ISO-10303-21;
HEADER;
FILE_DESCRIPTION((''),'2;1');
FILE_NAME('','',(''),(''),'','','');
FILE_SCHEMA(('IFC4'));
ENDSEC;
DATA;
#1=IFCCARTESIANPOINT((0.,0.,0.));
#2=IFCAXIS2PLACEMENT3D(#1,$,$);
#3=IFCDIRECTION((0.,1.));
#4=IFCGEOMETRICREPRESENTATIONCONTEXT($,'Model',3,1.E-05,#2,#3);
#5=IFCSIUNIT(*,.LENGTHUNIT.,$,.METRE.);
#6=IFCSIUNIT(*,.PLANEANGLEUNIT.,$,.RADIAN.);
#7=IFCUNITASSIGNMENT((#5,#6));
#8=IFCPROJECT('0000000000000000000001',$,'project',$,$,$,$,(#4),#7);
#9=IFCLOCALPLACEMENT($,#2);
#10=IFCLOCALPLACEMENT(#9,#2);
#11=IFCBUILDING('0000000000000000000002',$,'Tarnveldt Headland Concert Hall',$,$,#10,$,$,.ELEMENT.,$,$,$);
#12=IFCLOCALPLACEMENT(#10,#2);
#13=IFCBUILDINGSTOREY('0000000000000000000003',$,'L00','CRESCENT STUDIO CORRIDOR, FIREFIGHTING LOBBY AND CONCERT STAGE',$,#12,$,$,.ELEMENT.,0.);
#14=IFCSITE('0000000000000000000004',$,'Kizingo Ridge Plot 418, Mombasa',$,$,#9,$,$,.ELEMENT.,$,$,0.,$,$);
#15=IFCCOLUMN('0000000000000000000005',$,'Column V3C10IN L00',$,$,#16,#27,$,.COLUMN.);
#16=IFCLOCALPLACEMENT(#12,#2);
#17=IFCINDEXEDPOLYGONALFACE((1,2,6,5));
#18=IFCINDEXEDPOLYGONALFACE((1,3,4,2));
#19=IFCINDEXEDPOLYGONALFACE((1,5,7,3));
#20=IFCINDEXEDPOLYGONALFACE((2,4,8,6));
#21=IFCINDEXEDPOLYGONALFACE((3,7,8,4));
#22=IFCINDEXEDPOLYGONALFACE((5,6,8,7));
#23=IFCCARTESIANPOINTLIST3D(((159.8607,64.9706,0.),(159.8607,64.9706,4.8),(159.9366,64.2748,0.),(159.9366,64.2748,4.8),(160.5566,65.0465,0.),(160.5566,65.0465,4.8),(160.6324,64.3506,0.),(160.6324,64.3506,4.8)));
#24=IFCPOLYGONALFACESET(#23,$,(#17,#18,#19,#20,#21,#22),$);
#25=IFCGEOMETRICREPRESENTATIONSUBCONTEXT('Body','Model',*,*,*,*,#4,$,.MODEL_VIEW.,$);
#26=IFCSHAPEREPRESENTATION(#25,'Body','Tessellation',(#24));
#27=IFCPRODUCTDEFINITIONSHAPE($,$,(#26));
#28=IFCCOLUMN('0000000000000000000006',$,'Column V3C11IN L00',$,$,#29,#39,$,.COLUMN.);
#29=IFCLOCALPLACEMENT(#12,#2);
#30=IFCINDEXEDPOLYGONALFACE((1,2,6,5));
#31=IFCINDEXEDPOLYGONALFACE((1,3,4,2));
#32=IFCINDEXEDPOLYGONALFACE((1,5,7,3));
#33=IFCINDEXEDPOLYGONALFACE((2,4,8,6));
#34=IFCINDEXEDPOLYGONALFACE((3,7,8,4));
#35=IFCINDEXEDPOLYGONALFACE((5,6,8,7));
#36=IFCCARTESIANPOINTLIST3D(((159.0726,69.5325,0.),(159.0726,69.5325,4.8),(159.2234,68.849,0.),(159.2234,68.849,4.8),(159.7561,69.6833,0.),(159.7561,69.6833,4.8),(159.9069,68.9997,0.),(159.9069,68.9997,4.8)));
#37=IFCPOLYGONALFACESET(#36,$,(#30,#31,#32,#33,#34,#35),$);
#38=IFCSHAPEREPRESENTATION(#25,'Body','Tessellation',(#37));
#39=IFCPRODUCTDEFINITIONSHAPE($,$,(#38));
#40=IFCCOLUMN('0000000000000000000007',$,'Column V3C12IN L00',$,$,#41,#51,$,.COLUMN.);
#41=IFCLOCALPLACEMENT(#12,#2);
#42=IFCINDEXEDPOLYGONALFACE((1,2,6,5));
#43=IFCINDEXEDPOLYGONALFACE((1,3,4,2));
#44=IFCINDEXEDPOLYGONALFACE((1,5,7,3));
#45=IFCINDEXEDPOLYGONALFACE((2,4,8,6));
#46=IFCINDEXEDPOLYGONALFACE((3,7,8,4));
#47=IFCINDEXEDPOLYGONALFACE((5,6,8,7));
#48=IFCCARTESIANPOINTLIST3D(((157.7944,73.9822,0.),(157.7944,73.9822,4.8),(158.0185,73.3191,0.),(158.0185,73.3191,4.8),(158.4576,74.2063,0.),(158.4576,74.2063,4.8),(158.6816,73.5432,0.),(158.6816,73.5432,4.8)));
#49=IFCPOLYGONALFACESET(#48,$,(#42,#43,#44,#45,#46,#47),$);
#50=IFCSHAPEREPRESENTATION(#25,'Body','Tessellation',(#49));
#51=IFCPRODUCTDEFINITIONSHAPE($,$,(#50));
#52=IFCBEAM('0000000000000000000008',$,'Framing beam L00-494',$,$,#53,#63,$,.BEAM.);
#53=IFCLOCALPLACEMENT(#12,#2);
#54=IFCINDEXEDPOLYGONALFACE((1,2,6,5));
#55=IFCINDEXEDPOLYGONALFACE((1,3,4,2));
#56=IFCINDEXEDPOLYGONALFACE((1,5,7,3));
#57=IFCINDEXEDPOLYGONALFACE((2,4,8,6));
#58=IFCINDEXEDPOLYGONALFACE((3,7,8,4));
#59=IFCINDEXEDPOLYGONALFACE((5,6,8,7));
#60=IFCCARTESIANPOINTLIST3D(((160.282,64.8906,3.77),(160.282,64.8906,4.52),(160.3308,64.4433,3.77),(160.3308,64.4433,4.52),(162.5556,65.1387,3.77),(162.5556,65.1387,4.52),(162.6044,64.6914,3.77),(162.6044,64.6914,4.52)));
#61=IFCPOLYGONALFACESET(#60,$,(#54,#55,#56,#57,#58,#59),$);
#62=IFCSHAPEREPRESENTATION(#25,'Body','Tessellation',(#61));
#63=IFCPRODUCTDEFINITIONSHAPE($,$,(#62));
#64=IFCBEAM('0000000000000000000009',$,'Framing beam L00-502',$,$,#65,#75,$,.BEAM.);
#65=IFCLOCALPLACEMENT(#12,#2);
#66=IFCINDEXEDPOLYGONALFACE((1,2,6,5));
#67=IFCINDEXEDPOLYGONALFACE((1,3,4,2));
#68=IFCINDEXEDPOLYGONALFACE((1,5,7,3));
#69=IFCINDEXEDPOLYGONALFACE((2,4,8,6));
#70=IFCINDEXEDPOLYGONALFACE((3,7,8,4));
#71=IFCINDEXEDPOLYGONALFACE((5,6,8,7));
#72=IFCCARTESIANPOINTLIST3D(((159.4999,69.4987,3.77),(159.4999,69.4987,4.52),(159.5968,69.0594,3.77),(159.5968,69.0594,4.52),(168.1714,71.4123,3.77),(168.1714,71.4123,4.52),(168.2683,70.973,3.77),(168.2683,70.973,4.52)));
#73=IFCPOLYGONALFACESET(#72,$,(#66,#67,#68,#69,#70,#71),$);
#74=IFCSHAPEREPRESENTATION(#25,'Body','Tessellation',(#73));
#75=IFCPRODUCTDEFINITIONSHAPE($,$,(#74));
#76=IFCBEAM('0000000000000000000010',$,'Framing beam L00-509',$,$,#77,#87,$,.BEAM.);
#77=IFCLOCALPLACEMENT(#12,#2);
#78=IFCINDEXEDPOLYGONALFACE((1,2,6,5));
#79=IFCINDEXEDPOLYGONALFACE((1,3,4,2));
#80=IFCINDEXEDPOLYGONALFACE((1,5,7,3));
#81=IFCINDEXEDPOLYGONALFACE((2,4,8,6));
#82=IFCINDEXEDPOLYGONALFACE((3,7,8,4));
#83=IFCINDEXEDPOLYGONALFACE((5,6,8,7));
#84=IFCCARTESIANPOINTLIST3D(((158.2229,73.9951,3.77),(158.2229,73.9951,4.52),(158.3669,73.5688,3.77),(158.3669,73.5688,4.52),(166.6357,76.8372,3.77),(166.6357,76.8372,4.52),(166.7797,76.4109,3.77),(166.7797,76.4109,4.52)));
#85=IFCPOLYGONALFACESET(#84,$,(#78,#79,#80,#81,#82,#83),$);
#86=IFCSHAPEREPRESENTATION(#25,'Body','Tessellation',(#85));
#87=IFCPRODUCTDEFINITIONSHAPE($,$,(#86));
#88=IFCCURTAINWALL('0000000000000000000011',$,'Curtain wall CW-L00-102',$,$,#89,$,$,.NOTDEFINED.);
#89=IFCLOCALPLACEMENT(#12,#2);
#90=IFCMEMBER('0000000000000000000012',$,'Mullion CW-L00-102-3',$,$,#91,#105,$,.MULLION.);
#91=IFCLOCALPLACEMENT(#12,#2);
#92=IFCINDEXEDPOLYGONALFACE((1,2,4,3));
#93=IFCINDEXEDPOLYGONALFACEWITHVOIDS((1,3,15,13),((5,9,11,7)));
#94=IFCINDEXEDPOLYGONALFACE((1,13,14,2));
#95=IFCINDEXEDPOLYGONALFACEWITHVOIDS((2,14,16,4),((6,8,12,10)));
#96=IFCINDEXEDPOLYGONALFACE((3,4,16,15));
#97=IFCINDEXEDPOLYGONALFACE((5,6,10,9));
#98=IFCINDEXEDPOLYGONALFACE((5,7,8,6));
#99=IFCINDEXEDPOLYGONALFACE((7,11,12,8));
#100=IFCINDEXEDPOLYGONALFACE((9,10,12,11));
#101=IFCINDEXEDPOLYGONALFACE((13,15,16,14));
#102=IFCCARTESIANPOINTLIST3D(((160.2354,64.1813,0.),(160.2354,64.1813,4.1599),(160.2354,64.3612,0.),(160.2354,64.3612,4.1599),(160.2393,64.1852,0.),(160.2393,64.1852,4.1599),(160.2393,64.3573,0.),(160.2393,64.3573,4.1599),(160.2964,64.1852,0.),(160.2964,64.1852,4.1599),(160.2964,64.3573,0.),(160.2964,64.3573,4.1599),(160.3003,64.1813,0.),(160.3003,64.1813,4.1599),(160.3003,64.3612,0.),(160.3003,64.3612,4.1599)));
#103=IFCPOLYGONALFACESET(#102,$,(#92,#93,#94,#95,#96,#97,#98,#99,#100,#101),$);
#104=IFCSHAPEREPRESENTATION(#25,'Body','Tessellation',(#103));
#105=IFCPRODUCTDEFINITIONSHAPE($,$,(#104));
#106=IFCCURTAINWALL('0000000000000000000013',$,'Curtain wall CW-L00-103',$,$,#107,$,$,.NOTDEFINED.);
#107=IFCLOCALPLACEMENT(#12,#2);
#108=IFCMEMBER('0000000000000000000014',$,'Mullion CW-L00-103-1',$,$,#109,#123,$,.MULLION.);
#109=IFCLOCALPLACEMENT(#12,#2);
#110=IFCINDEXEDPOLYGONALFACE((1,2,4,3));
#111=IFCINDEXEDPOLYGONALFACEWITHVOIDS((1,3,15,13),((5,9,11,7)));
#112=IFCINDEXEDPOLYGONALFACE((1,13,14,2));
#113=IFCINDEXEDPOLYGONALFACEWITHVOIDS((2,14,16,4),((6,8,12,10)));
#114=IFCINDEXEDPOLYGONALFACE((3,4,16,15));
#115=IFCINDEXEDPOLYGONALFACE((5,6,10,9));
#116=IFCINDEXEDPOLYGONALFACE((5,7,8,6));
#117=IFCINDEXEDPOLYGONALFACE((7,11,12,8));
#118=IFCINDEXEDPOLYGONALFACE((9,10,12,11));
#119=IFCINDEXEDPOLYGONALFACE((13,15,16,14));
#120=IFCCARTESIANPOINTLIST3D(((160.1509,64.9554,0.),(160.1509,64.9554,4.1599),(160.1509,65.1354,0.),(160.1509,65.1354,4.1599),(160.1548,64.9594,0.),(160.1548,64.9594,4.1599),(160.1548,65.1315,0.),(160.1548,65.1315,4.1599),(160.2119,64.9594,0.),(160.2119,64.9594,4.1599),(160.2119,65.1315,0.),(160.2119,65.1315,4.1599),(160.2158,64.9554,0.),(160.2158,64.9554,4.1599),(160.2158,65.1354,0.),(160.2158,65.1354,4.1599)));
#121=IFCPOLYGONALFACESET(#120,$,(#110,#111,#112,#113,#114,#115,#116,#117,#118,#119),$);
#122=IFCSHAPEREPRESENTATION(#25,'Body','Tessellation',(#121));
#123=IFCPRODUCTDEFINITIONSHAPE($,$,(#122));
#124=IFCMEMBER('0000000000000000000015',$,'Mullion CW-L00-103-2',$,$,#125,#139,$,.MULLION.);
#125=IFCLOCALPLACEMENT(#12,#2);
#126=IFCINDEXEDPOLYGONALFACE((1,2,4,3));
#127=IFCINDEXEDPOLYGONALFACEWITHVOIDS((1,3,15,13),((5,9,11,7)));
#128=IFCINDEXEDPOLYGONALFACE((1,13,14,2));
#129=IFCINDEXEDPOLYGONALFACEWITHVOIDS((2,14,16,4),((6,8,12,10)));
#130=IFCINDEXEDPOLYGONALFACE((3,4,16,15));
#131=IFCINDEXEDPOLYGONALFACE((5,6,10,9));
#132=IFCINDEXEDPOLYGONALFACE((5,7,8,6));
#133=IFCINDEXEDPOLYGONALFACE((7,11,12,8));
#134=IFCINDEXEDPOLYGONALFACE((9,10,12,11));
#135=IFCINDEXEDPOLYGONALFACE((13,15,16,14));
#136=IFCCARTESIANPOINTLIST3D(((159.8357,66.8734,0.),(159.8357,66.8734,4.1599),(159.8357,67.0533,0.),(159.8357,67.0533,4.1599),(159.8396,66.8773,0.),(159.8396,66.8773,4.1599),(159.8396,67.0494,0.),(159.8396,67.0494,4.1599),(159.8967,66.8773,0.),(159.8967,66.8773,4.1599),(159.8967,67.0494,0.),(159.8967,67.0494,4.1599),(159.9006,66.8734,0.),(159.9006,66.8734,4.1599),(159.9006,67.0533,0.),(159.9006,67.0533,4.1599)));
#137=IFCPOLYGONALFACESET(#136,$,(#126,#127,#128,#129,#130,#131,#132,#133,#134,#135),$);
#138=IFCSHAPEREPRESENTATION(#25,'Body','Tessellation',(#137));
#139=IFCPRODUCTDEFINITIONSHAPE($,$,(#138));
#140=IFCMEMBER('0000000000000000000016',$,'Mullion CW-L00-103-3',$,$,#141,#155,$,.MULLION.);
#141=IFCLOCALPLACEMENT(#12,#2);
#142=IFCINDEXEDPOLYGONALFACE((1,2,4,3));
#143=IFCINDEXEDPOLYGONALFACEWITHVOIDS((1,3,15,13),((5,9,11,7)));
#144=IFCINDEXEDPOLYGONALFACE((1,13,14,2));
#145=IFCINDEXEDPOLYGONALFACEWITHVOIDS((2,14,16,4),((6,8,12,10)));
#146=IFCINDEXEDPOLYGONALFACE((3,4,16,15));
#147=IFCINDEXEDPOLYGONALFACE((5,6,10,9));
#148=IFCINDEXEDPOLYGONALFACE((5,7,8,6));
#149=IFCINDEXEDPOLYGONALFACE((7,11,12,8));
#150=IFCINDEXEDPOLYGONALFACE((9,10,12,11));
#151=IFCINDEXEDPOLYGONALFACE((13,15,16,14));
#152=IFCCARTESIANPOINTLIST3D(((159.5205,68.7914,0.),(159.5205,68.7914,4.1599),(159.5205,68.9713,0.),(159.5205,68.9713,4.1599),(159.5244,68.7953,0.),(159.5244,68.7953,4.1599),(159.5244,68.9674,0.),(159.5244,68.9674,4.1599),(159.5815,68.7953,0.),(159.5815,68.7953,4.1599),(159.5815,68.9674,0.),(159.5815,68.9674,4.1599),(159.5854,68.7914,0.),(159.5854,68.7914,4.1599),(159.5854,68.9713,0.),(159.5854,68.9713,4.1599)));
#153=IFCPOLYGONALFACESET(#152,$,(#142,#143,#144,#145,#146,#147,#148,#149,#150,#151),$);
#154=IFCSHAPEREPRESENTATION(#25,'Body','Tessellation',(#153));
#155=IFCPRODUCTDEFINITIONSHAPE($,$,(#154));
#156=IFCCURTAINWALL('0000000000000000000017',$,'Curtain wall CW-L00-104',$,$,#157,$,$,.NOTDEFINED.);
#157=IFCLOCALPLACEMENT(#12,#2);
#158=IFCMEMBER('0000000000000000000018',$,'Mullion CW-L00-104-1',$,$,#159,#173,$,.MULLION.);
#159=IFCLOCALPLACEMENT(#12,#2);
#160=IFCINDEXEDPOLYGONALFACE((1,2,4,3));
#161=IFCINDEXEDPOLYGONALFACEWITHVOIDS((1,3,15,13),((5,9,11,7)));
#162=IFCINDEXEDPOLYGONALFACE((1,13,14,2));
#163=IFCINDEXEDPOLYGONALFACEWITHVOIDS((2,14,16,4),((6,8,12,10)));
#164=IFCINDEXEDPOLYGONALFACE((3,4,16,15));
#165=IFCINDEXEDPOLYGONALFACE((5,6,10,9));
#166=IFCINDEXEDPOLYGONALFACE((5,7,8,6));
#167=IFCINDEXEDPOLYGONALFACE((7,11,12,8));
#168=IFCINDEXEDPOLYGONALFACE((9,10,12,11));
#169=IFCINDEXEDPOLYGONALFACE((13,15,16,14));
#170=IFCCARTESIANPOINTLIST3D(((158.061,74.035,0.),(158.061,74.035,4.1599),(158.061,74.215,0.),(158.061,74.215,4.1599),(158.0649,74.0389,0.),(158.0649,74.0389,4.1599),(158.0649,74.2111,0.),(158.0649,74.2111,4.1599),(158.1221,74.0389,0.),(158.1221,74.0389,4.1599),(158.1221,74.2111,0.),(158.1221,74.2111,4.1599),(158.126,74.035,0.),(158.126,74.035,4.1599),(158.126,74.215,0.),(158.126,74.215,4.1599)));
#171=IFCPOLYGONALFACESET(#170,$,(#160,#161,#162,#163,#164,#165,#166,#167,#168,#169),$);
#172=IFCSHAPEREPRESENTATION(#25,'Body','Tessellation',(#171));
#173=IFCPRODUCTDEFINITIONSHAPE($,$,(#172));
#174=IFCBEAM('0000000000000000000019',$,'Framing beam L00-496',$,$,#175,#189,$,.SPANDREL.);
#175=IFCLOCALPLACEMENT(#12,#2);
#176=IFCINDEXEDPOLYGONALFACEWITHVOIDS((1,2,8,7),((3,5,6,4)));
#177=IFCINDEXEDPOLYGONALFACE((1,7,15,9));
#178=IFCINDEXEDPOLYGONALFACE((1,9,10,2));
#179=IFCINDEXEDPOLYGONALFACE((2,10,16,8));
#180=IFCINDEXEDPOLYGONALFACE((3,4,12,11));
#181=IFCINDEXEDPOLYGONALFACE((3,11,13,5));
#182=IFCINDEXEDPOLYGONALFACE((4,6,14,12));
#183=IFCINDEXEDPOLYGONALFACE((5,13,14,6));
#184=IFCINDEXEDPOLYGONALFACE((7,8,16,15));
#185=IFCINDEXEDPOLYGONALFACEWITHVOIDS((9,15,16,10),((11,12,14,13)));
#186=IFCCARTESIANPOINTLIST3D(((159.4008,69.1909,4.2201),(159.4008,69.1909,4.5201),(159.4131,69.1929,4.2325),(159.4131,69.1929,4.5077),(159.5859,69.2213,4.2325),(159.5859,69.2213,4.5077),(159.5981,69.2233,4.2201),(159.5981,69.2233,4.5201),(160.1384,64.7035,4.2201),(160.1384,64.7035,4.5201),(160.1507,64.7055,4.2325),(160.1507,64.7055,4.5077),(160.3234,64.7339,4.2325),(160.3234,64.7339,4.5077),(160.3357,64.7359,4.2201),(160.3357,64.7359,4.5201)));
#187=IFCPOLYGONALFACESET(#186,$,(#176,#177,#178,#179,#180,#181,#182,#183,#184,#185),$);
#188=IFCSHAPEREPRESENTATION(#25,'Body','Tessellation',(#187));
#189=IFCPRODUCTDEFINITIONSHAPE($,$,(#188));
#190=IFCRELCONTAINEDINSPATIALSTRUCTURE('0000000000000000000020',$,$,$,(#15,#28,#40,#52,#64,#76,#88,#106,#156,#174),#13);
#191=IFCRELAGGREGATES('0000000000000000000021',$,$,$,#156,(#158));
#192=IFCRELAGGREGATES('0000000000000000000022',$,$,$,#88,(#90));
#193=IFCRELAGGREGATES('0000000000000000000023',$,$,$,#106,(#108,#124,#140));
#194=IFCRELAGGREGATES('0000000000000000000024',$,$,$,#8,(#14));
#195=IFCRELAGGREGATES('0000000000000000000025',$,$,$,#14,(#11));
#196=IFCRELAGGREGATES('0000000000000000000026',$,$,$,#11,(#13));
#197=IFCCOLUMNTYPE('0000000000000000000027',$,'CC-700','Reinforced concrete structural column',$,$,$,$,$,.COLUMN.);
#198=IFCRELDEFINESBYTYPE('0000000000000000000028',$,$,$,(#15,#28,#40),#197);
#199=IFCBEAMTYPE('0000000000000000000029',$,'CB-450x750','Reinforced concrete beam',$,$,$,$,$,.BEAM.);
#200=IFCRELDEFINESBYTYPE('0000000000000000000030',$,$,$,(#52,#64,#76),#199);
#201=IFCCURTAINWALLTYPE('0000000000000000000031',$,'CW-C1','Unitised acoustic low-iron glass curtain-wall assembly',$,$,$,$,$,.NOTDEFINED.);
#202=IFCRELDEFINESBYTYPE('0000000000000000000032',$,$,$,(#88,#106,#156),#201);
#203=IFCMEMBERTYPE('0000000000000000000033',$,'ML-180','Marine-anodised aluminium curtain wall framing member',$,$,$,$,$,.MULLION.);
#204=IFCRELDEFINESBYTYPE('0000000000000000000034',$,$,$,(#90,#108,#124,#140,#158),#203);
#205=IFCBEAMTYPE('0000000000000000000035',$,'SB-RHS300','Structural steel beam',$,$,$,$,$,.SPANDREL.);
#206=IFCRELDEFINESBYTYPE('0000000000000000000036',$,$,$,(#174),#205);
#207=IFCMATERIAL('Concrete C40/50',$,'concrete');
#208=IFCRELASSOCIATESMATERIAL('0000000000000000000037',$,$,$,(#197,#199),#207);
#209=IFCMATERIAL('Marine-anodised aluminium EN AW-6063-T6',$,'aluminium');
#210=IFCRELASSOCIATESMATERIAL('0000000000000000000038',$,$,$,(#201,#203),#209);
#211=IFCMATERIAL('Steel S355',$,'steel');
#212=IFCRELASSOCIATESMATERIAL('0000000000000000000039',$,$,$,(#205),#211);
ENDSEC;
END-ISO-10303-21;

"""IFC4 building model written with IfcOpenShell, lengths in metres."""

from ifc_helpers import new_model, si_unit, direction, frame, origin, origin_2d, place, context, subcontext, project, spatial, rectangle, hollow_rectangle, extrude, material, material_profile, profile_set, type_object, element, aggregate, save


model = new_model("IFC4")

# Units and contexts
model_context = context("Model", 3, precision=1e-05, world=origin(), true_north=direction((0.0, 1.0)))
body_context = subcontext(model_context, "Body", "Model", "MODEL_VIEW")
ifc_project = project(units=[si_unit("LENGTHUNIT", "METRE"), si_unit("PLANEANGLEUNIT", "RADIAN")], contexts=[model_context])

# Site, building, storey
site_placement = place(None, origin())
site = spatial("IfcSite", under=ifc_project, at=site_placement, Name="Kizingo Ridge Plot 418, Mombasa", CompositionType="ELEMENT", RefElevation=0.0)
building_placement = place(site_placement, origin())
building = spatial("IfcBuilding", under=site, at=building_placement, Name="Tarnveldt Headland Concert Hall", CompositionType="ELEMENT")
storey_placement = place(building_placement, origin())
storey = spatial("IfcBuildingStorey", under=building, at=storey_placement, Name="L00", Description="CRESCENT STUDIO CORRIDOR, FIREFIGHTING LOBBY AND CONCERT STAGE", CompositionType="ELEMENT", Elevation=0.0)

# Columns
ifc_material_1 = material(Name="Concrete C40/50", Category="concrete")
ifc_material_profile_1 = material_profile(ifc_material_1, rectangle(XDim=0.7, YDim=0.7, at=origin_2d()), Name="RC 700x700", Category="concrete")
ifc_profile_set_1 = profile_set([ifc_material_profile_1], Name="Concrete C40/50")
column_type = type_object("IfcColumnType", Name="CC-700", Description="Reinforced concrete structural column", PredefinedType="COLUMN", material=ifc_profile_set_1)
for number, where, z_axis, x_axis, name in (
    (1, (160.2466, 64.6606, 0.0), (0.0, 0.0, 1.0), (0.994113, 0.108346, 0.0), "Column V3C10IN L00"),
    (2, (159.4897, 69.2661, 0.0), (0.0, 0.0, 1.0), (0.976522, 0.215417, 0.0), "Column V3C11IN L00"),
    (3, (158.238, 73.7627, 0.0), (0.0, 0.0, 1.0), (0.947378, 0.320117, 0.0), "Column V3C12IN L00"),
):
    element("IfcColumn", number, at=place(storey_placement, frame(where, z_axis=z_axis, x_axis=x_axis)), inside=storey, type_object=column_type, Name=name, PredefinedType="COLUMN", context=body_context, shape_type="SweptSolid", body=[
        extrude(rectangle(XDim=0.7, YDim=0.7, at=origin_2d()), origin(), (0.0, 0.0, 1.0), 4.8),
    ])

# Beams
ifc_material_profile_2 = material_profile(ifc_material_1, rectangle(XDim=0.45, YDim=0.75, at=origin_2d()), Name="RC 450x750", Category="concrete")
ifc_profile_set_2 = profile_set([ifc_material_profile_2], Name="Concrete C40/50")
beam_type_1 = type_object("IfcBeamType", Name="CB-450x750", Description="Reinforced concrete beam", PredefinedType="BEAM", material=ifc_profile_set_2)
beam_1_placement = place(storey_placement, frame((160.3064, 64.667, 4.145), z_axis=(0.994102, 0.108451, 0.0), x_axis=(-0.108451, 0.994102, 0.0)))
element("IfcBeam", 4, at=beam_1_placement, inside=storey, type_object=beam_type_1, Name="Framing beam L00-494", PredefinedType="BEAM", context=body_context, shape_type="SweptSolid", body=[
    extrude(rectangle(XDim=0.45, YDim=0.75, at=origin_2d()), origin(), (0.0, 0.0, 1.0), 2.2871),
])
beam_2_placement = place(storey_placement, frame((159.5483, 69.2791, 4.145), z_axis=(0.976506, 0.215492, 0.0), x_axis=(-0.215492, 0.976506, 0.0)))
element("IfcBeam", 5, at=beam_2_placement, inside=storey, type_object=beam_type_1, Name="Framing beam L00-502", PredefinedType="BEAM", context=body_context, shape_type="SweptSolid", body=[
    extrude(rectangle(XDim=0.45, YDim=0.75, at=origin_2d()), origin(), (0.0, 0.0, 1.0), 8.8801),
])
beam_3_placement = place(storey_placement, frame((158.2949, 73.782, 4.145), z_axis=(0.9474, 0.320052, 0.0), x_axis=(-0.320052, 0.9474, 0.0)))
element("IfcBeam", 6, at=beam_3_placement, inside=storey, type_object=beam_type_1, Name="Framing beam L00-509", PredefinedType="BEAM", context=body_context, shape_type="SweptSolid", body=[
    extrude(rectangle(XDim=0.45, YDim=0.75, at=origin_2d()), origin(), (0.0, 0.0, 1.0), 8.8799),
])

# Curtain wall, member
ifc_material_2 = material(Name="Marine-anodised aluminium EN AW-6063-T6", Category="aluminium")
curtain_wall_type = type_object("IfcCurtainWallType", Name="CW-C1", Description="Unitised acoustic low-iron glass curtain-wall assembly", PredefinedType="NOTDEFINED", material=ifc_material_2)
curtain_wall_1_placement = place(storey_placement, origin())
curtain_wall_1 = element("IfcCurtainWall", 7, at=curtain_wall_1_placement, inside=storey, type_object=curtain_wall_type, Name="Curtain wall CW-L00-102", PredefinedType="NOTDEFINED")
ifc_material_profile_3 = material_profile(ifc_material_2, hollow_rectangle(XDim=0.0649, YDim=0.1799, WallThickness=0.0039, at=origin_2d()), Name="ALU MULLION 65x180x4", Category="aluminium")
ifc_profile_set_3 = profile_set([ifc_material_profile_3], Name="Marine-anodised aluminium EN AW-6063-T6")
member_type_1 = type_object("IfcMemberType", Name="ML-180", Description="Marine-anodised aluminium curtain wall framing member", PredefinedType="MULLION", material=ifc_profile_set_3)
member_1_placement = place(storey_placement, frame((160.2678, 64.2712, 0.0), z_axis=(0.0, 0.0, 1.0), x_axis=(1.0, 0.0, 0.0)))
member_1 = element("IfcMember", 8, at=member_1_placement, type_object=member_type_1, Name="Mullion CW-L00-102-3", PredefinedType="MULLION", context=body_context, shape_type="SweptSolid", body=[
    extrude(hollow_rectangle(XDim=0.0649, YDim=0.1799, WallThickness=0.0039, at=origin_2d()), origin(), (0.0, 0.0, 1.0), 4.1599),
])

# Curtain wall, members
curtain_wall_2_placement = place(storey_placement, origin())
curtain_wall_2 = element("IfcCurtainWall", 9, at=curtain_wall_2_placement, inside=storey, type_object=curtain_wall_type, Name="Curtain wall CW-L00-103", PredefinedType="NOTDEFINED")
member_2_placement = place(storey_placement, frame((160.1833, 65.0454, 0.0), z_axis=(0.0, 0.0, 1.0), x_axis=(1.0, 0.0, 0.0)))
member_2 = element("IfcMember", 10, at=member_2_placement, type_object=member_type_1, Name="Mullion CW-L00-103-1", PredefinedType="MULLION", context=body_context, shape_type="SweptSolid", body=[
    extrude(hollow_rectangle(XDim=0.0649, YDim=0.1799, WallThickness=0.0039, at=origin_2d()), origin(), (0.0, 0.0, 1.0), 4.1599),
])
member_3_placement = place(storey_placement, frame((159.8682, 66.9634, 0.0), z_axis=(0.0, 0.0, 1.0), x_axis=(1.0, 0.0, 0.0)))
member_3 = element("IfcMember", 11, at=member_3_placement, type_object=member_type_1, Name="Mullion CW-L00-103-2", PredefinedType="MULLION", context=body_context, shape_type="SweptSolid", body=[
    extrude(hollow_rectangle(XDim=0.0649, YDim=0.1799, WallThickness=0.0039, at=origin_2d()), origin(), (0.0, 0.0, 1.0), 4.1599),
])
member_4_placement = place(storey_placement, frame((159.553, 68.8813, 0.0), z_axis=(0.0, 0.0, 1.0), x_axis=(1.0, 0.0, 0.0)))
member_4 = element("IfcMember", 12, at=member_4_placement, type_object=member_type_1, Name="Mullion CW-L00-103-3", PredefinedType="MULLION", context=body_context, shape_type="SweptSolid", body=[
    extrude(hollow_rectangle(XDim=0.0649, YDim=0.1799, WallThickness=0.0039, at=origin_2d()), origin(), (0.0, 0.0, 1.0), 4.1599),
])

# Curtain wall, member
curtain_wall_3_placement = place(storey_placement, origin())
curtain_wall_3 = element("IfcCurtainWall", 13, at=curtain_wall_3_placement, inside=storey, type_object=curtain_wall_type, Name="Curtain wall CW-L00-104", PredefinedType="NOTDEFINED")
member_5_placement = place(storey_placement, frame((158.0935, 74.125, 0.0), z_axis=(0.0, 0.0, 1.0), x_axis=(1.0, 0.0, 0.0)))
member_5 = element("IfcMember", 14, at=member_5_placement, type_object=member_type_1, Name="Mullion CW-L00-104-1", PredefinedType="MULLION", context=body_context, shape_type="SweptSolid", body=[
    extrude(hollow_rectangle(XDim=0.0649, YDim=0.1799, WallThickness=0.0039, at=origin_2d()), origin(), (0.0, 0.0, 1.0), 4.1599),
])

# Beam
ifc_material_3 = material(Name="Steel S355", Category="steel")
ifc_material_profile_4 = material_profile(ifc_material_3, hollow_rectangle(XDim=0.2, YDim=0.3, WallThickness=0.0125, at=origin_2d()), Name="RHS 300x200x12.5", Category="steel")
ifc_profile_set_4 = profile_set([ifc_material_profile_4], Name="Steel S355")
beam_type_2 = type_object("IfcBeamType", Name="SB-RHS300", Description="Structural steel beam", PredefinedType="SPANDREL", material=ifc_profile_set_4)
beam_4_placement = place(storey_placement, frame((160.2371, 64.7197, 4.3701), z_axis=(-0.162187, 0.98676, 0.0), x_axis=(-0.98676, -0.162187, 0.0)))
element("IfcBeam", 15, at=beam_4_placement, inside=storey, type_object=beam_type_2, Name="Framing beam L00-496", PredefinedType="SPANDREL", context=body_context, shape_type="SweptSolid", body=[
    extrude(hollow_rectangle(XDim=0.2, YDim=0.3, WallThickness=0.0125, at=origin_2d()), origin(), (0.0, 0.0, 1.0), 4.5476),
])

aggregate(curtain_wall_3, [member_5])

aggregate(curtain_wall_1, [member_1])
aggregate(curtain_wall_2, [member_2, member_3, member_4])

save(model, "model.ifc")
